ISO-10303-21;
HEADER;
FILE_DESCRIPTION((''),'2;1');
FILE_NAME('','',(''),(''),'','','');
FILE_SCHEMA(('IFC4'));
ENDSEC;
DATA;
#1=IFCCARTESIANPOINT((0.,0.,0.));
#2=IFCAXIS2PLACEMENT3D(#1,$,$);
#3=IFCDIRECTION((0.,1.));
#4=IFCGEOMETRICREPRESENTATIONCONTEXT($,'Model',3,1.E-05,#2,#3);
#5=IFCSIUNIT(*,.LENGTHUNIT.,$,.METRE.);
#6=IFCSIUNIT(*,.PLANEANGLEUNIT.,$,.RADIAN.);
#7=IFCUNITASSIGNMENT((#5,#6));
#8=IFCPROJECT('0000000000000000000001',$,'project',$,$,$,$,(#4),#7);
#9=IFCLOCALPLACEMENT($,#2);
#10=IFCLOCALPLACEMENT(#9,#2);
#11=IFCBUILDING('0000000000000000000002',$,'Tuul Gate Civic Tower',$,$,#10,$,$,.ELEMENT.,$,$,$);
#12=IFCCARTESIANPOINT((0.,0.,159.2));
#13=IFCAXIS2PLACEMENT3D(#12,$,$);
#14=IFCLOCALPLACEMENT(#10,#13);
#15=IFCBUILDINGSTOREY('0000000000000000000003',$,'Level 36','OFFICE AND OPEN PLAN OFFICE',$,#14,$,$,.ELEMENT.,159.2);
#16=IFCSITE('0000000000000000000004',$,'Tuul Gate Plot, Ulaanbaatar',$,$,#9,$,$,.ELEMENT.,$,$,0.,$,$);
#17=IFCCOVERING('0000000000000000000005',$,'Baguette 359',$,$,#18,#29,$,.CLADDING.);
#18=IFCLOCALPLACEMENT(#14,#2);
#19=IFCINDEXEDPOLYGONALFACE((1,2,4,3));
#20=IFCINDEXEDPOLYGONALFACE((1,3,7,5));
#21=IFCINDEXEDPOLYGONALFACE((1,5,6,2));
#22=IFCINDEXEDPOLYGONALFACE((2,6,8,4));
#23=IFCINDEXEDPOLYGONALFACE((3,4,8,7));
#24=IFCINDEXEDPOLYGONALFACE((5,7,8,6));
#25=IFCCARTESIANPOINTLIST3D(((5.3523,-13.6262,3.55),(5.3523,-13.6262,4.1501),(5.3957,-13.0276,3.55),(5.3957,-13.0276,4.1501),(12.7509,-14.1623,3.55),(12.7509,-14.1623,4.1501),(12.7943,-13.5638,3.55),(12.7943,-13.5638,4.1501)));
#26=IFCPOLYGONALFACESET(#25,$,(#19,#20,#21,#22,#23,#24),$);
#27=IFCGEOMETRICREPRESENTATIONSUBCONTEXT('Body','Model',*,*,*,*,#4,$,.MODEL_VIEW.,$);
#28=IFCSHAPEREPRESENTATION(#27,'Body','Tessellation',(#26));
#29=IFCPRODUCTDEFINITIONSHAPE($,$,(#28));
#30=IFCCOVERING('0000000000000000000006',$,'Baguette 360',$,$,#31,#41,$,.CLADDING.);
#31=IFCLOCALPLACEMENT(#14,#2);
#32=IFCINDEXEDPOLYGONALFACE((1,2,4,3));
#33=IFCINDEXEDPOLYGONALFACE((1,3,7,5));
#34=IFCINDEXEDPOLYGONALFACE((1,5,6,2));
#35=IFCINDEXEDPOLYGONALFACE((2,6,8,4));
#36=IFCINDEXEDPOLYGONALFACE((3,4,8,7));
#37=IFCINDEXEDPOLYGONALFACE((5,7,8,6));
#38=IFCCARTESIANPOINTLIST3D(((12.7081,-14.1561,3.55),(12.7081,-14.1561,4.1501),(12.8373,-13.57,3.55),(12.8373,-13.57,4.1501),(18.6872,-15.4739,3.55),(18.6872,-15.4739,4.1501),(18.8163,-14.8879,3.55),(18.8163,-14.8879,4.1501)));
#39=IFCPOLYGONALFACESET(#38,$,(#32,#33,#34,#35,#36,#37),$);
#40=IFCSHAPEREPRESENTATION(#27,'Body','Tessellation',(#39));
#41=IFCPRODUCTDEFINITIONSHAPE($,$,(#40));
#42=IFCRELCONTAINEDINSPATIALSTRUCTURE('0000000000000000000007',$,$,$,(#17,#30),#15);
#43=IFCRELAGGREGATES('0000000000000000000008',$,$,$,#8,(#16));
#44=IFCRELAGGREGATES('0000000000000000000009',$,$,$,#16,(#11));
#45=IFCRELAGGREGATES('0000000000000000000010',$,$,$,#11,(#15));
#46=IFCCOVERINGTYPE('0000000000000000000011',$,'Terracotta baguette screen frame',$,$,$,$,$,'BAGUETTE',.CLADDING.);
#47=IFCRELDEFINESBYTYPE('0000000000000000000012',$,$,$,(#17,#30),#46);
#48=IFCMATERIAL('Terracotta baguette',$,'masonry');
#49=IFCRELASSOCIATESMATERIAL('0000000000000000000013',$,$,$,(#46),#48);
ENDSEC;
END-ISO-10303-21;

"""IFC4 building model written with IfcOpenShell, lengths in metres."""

from ifc_helpers import new_model, si_unit, direction, frame, origin, origin_2d, place, context, subcontext, project, spatial, rectangle, extrude, material, material_profile, profile_set, type_object, element, save


model = new_model("IFC4")

# Units and contexts
model_context = context("Model", 3, precision=1e-05, world=origin(), true_north=direction((0.0, 1.0)))
body_context = subcontext(model_context, "Body", "Model", "MODEL_VIEW")
ifc_project = project(units=[si_unit("LENGTHUNIT", "METRE"), si_unit("PLANEANGLEUNIT", "RADIAN")], contexts=[model_context])

# Site, building, storey
site_placement = place(None, origin())
site = spatial("IfcSite", under=ifc_project, at=site_placement, Name="Tuul Gate Plot, Ulaanbaatar", CompositionType="ELEMENT", RefElevation=0.0)
building_placement = place(site_placement, origin())
building = spatial("IfcBuilding", under=site, at=building_placement, Name="Tuul Gate Civic Tower", CompositionType="ELEMENT")
storey_placement = place(building_placement, frame((0.0, 0.0, 159.2)))
storey = spatial("IfcBuildingStorey", under=building, at=storey_placement, Name="Level 36", Description="OFFICE AND OPEN PLAN OFFICE", CompositionType="ELEMENT", Elevation=159.2)

# Coverings
ifc_material_1 = material(Name="Terracotta baguette", Category="masonry")
ifc_material_profile_1 = material_profile(ifc_material_1, rectangle(XDim=0.6001, YDim=0.6001, at=origin_2d()), Name="Terracotta baguette screen frame")
ifc_profile_set_1 = profile_set([ifc_material_profile_1], Name="Terracotta baguette")
covering_type = type_object("IfcCoveringType", Name="Terracotta baguette screen frame", ElementType="BAGUETTE", PredefinedType="CLADDING", material=ifc_profile_set_1)
covering_1_placement = place(storey_placement, frame((5.374, -13.3269, 3.8501), z_axis=(0.997385, -0.072274, 0.0), x_axis=(0.072274, 0.997385, 0.0)))
element("IfcCovering", 1, at=covering_1_placement, inside=storey, type_object=covering_type, Name="Baguette 359", PredefinedType="CLADDING", context=body_context, shape_type="SweptSolid", body=[
    extrude(rectangle(XDim=0.6001, YDim=0.6001, at=origin_2d()), origin(), (0.0, 0.0, 1.0), 7.418),
])
covering_2_placement = place(storey_placement, frame((12.7727, -13.863, 3.8501), z_axis=(0.976559, -0.21525, 0.0), x_axis=(0.21525, 0.976559, 0.0)))
element("IfcCovering", 2, at=covering_2_placement, inside=storey, type_object=covering_type, Name="Baguette 360", PredefinedType="CLADDING", context=body_context, shape_type="SweptSolid", body=[
    extrude(rectangle(XDim=0.6001, YDim=0.6001, at=origin_2d()), origin(), (0.0, 0.0, 1.0), 6.1226),
])

save(model, "model.ifc")
